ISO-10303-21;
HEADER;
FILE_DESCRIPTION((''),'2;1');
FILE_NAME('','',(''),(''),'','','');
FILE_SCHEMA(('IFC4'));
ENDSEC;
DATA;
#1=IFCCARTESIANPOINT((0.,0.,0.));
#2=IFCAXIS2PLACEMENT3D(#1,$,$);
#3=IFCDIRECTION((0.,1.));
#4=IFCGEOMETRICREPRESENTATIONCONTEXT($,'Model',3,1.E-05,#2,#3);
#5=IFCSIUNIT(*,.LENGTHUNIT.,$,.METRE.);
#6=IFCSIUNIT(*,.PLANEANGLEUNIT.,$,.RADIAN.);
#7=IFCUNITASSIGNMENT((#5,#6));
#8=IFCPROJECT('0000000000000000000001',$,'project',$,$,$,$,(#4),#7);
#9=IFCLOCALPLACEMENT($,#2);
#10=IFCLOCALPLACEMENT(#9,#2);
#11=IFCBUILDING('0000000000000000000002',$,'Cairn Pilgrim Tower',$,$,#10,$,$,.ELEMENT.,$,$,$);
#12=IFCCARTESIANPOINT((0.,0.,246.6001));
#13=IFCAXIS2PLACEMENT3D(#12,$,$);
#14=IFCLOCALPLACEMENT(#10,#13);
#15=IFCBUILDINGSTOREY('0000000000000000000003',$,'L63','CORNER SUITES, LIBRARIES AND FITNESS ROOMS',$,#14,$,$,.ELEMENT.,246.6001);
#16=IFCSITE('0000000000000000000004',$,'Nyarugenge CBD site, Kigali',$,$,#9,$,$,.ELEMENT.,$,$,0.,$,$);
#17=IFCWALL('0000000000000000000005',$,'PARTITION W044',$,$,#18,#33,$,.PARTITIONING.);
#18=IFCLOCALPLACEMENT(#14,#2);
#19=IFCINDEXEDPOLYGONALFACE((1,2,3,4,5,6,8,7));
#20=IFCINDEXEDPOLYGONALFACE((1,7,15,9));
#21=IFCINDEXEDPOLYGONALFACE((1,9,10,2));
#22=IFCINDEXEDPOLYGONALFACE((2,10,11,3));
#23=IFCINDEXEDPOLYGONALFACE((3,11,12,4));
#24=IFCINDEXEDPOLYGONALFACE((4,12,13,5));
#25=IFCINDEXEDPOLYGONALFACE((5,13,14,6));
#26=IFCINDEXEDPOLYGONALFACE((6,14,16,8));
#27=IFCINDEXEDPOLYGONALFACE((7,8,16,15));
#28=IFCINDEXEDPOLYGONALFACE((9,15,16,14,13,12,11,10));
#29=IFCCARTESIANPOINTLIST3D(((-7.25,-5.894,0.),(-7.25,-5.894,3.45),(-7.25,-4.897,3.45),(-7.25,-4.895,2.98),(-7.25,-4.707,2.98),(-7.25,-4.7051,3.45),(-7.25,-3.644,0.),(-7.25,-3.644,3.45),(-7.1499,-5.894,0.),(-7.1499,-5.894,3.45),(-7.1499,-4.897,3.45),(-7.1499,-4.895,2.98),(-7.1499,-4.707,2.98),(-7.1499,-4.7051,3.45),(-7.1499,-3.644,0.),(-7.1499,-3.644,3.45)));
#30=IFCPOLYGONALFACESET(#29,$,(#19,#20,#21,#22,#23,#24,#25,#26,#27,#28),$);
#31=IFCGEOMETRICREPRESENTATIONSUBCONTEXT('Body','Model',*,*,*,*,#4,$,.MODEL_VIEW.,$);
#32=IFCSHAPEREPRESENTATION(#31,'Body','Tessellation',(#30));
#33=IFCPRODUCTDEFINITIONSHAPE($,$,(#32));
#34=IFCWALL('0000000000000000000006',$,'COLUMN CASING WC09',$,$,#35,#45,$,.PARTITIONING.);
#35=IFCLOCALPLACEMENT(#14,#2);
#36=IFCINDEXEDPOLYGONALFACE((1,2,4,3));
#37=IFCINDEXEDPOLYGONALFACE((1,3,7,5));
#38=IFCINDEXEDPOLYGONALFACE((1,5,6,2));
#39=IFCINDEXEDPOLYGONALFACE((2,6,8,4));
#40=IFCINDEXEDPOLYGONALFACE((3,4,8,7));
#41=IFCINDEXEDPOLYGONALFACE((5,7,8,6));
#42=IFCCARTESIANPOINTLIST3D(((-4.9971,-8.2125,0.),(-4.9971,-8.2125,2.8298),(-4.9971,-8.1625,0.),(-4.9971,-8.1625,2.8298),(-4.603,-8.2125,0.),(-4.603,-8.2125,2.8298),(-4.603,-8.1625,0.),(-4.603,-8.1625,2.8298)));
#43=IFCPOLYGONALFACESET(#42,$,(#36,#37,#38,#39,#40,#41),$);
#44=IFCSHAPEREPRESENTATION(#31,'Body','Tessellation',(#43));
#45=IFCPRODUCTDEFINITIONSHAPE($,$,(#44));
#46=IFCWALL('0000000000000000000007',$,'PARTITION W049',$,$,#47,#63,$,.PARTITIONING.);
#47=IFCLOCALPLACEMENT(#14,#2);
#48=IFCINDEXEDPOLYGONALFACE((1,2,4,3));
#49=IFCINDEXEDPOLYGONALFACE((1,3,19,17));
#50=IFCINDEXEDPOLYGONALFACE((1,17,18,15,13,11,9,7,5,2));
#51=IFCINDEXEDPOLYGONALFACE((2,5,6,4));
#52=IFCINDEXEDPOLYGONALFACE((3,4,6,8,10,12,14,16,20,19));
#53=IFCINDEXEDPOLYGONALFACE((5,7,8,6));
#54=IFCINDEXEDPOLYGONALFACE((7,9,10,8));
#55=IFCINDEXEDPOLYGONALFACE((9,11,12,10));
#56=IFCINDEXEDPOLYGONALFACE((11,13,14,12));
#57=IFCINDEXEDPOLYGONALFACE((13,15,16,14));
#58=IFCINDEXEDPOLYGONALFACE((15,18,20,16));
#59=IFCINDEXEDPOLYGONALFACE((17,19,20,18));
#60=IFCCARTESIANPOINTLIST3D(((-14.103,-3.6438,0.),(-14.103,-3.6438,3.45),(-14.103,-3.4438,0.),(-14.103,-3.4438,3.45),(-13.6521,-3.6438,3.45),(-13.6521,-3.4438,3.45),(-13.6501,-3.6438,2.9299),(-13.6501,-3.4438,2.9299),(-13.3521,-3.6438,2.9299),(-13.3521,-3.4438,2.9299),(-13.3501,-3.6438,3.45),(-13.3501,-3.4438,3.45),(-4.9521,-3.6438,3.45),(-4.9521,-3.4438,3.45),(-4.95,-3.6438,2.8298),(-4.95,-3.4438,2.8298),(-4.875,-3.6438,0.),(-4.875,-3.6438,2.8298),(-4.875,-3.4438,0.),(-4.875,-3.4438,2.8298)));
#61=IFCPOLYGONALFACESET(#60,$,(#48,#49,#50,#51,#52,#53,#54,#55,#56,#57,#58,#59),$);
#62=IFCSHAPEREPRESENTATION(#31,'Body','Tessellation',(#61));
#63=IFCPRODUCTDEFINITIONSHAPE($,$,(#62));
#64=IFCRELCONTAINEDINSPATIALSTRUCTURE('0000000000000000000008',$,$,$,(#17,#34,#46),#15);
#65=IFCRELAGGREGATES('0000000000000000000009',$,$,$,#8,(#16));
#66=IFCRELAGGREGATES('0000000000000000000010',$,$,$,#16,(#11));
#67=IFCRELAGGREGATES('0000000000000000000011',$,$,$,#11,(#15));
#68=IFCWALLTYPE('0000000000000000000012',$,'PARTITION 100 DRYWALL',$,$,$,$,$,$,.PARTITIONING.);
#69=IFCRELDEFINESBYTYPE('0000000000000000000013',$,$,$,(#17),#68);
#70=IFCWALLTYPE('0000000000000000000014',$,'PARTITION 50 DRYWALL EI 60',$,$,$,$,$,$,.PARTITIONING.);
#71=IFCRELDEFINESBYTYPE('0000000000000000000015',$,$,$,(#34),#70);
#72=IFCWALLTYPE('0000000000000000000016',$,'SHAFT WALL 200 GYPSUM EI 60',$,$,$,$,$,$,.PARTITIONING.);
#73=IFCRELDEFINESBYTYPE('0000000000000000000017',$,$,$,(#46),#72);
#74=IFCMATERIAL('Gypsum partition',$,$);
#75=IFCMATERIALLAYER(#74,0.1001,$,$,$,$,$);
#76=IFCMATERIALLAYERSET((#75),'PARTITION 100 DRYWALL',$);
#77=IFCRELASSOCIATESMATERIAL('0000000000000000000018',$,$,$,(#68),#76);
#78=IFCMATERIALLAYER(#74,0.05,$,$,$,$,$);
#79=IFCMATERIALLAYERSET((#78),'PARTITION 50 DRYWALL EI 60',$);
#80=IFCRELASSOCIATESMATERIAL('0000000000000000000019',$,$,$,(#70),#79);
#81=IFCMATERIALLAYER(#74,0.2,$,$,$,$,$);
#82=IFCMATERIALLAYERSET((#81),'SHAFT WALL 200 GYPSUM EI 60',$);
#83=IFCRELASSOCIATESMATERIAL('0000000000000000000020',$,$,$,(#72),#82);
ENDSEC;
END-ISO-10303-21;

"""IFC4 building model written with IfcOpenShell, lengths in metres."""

from ifc_helpers import new_model, si_unit, direction, frame, frame_2d, origin, place, context, subcontext, project, spatial, polyline, rectangle, outline, extrude, material, layer, layer_set, type_object, element, save


model = new_model("IFC4")

# Units and contexts
model_context = context("Model", 3, precision=1e-05, world=origin(), true_north=direction((0.0, 1.0)))
body_context = subcontext(model_context, "Body", "Model", "MODEL_VIEW")
ifc_project = project(units=[si_unit("LENGTHUNIT", "METRE"), si_unit("PLANEANGLEUNIT", "RADIAN")], contexts=[model_context])

# Site, building, storey
site_placement = place(None, origin())
site = spatial("IfcSite", under=ifc_project, at=site_placement, Name="Nyarugenge CBD site, Kigali", CompositionType="ELEMENT", RefElevation=0.0)
building_placement = place(site_placement, origin())
building = spatial("IfcBuilding", under=site, at=building_placement, Name="Cairn Pilgrim Tower", CompositionType="ELEMENT")
storey_placement = place(building_placement, frame((0.0, 0.0, 246.6001)))
storey = spatial("IfcBuildingStorey", under=building, at=storey_placement, Name="L63", Description="CORNER SUITES, LIBRARIES AND FITNESS ROOMS", CompositionType="ELEMENT", Elevation=246.6001)

# Shared definitions
ifc_material_1 = material(Name="Gypsum partition")
ifc_layer_1 = layer(ifc_material_1, 0.1001)
ifc_layer_set_1 = layer_set([ifc_layer_1], Name="PARTITION 100 DRYWALL")
wall_type_1 = type_object("IfcWallType", Name="PARTITION 100 DRYWALL", PredefinedType="PARTITIONING", material=ifc_layer_set_1)

# Walls
wall_1_placement = place(storey_placement, frame((-7.2, -5.894, 0.0), z_axis=(0.0, 0.0, 1.0), x_axis=(0.0, 1.0, 0.0)))
element("IfcWall", 1, at=wall_1_placement, inside=storey, type_object=wall_type_1, Name="PARTITION W044", PredefinedType="PARTITIONING", context=body_context, shape_type="SweptSolid", body=[
    extrude(outline(polyline([(0.0, 0.0), (2.25, 0.0), (2.25, 3.45), (1.189, 3.45), (1.187, 2.98), (0.999, 2.98), (0.9971, 3.45), (0.0, 3.45), (0.0, 0.0)])), frame((0.0, 0.05, 0.0), z_axis=(0.0, -1.0, 0.0), x_axis=(1.0, 0.0, 0.0)), (0.0, 0.0, 1.0), 0.1001),
])
ifc_layer_2 = layer(ifc_material_1, 0.05)
ifc_layer_set_2 = layer_set([ifc_layer_2], Name="PARTITION 50 DRYWALL EI 60")
wall_type_2 = type_object("IfcWallType", Name="PARTITION 50 DRYWALL EI 60", PredefinedType="PARTITIONING", material=ifc_layer_set_2)
wall_2_placement = place(storey_placement, frame((-4.9971, -8.1875, 0.0), z_axis=(0.0, 0.0, 1.0), x_axis=(1.0, 0.0, 0.0)))
element("IfcWall", 2, at=wall_2_placement, inside=storey, type_object=wall_type_2, Name="COLUMN CASING WC09", PredefinedType="PARTITIONING", context=body_context, shape_type="SweptSolid", body=[
    extrude(rectangle(XDim=0.394, YDim=0.05, at=frame_2d((0.197, 0.0))), origin(), (0.0, 0.0, 1.0), 2.8298),
])
ifc_layer_3 = layer(ifc_material_1, 0.2)
ifc_layer_set_3 = layer_set([ifc_layer_3], Name="SHAFT WALL 200 GYPSUM EI 60")
wall_type_3 = type_object("IfcWallType", Name="SHAFT WALL 200 GYPSUM EI 60", PredefinedType="PARTITIONING", material=ifc_layer_set_3)
wall_3_placement = place(storey_placement, frame((-14.103, -3.5439, 0.0), z_axis=(0.0, 0.0, 1.0), x_axis=(1.0, 0.0, 0.0)))
element("IfcWall", 3, at=wall_3_placement, inside=storey, type_object=wall_type_3, Name="PARTITION W049", PredefinedType="PARTITIONING", context=body_context, shape_type="SweptSolid", body=[
    extrude(outline(polyline([(0.0, 0.0), (9.228, 0.0), (9.228, 2.8298), (9.1531, 2.8298), (9.1509, 3.45), (0.7529, 3.45), (0.751, 2.9299), (0.4529, 2.9299), (0.4509, 3.45), (0.0, 3.45), (0.0, 0.0)])), frame((0.0, 0.1001, 0.0), z_axis=(0.0, -1.0, 0.0), x_axis=(1.0, 0.0, 0.0)), (0.0, 0.0, 1.0), 0.2),
])

save(model, "model.ifc")
